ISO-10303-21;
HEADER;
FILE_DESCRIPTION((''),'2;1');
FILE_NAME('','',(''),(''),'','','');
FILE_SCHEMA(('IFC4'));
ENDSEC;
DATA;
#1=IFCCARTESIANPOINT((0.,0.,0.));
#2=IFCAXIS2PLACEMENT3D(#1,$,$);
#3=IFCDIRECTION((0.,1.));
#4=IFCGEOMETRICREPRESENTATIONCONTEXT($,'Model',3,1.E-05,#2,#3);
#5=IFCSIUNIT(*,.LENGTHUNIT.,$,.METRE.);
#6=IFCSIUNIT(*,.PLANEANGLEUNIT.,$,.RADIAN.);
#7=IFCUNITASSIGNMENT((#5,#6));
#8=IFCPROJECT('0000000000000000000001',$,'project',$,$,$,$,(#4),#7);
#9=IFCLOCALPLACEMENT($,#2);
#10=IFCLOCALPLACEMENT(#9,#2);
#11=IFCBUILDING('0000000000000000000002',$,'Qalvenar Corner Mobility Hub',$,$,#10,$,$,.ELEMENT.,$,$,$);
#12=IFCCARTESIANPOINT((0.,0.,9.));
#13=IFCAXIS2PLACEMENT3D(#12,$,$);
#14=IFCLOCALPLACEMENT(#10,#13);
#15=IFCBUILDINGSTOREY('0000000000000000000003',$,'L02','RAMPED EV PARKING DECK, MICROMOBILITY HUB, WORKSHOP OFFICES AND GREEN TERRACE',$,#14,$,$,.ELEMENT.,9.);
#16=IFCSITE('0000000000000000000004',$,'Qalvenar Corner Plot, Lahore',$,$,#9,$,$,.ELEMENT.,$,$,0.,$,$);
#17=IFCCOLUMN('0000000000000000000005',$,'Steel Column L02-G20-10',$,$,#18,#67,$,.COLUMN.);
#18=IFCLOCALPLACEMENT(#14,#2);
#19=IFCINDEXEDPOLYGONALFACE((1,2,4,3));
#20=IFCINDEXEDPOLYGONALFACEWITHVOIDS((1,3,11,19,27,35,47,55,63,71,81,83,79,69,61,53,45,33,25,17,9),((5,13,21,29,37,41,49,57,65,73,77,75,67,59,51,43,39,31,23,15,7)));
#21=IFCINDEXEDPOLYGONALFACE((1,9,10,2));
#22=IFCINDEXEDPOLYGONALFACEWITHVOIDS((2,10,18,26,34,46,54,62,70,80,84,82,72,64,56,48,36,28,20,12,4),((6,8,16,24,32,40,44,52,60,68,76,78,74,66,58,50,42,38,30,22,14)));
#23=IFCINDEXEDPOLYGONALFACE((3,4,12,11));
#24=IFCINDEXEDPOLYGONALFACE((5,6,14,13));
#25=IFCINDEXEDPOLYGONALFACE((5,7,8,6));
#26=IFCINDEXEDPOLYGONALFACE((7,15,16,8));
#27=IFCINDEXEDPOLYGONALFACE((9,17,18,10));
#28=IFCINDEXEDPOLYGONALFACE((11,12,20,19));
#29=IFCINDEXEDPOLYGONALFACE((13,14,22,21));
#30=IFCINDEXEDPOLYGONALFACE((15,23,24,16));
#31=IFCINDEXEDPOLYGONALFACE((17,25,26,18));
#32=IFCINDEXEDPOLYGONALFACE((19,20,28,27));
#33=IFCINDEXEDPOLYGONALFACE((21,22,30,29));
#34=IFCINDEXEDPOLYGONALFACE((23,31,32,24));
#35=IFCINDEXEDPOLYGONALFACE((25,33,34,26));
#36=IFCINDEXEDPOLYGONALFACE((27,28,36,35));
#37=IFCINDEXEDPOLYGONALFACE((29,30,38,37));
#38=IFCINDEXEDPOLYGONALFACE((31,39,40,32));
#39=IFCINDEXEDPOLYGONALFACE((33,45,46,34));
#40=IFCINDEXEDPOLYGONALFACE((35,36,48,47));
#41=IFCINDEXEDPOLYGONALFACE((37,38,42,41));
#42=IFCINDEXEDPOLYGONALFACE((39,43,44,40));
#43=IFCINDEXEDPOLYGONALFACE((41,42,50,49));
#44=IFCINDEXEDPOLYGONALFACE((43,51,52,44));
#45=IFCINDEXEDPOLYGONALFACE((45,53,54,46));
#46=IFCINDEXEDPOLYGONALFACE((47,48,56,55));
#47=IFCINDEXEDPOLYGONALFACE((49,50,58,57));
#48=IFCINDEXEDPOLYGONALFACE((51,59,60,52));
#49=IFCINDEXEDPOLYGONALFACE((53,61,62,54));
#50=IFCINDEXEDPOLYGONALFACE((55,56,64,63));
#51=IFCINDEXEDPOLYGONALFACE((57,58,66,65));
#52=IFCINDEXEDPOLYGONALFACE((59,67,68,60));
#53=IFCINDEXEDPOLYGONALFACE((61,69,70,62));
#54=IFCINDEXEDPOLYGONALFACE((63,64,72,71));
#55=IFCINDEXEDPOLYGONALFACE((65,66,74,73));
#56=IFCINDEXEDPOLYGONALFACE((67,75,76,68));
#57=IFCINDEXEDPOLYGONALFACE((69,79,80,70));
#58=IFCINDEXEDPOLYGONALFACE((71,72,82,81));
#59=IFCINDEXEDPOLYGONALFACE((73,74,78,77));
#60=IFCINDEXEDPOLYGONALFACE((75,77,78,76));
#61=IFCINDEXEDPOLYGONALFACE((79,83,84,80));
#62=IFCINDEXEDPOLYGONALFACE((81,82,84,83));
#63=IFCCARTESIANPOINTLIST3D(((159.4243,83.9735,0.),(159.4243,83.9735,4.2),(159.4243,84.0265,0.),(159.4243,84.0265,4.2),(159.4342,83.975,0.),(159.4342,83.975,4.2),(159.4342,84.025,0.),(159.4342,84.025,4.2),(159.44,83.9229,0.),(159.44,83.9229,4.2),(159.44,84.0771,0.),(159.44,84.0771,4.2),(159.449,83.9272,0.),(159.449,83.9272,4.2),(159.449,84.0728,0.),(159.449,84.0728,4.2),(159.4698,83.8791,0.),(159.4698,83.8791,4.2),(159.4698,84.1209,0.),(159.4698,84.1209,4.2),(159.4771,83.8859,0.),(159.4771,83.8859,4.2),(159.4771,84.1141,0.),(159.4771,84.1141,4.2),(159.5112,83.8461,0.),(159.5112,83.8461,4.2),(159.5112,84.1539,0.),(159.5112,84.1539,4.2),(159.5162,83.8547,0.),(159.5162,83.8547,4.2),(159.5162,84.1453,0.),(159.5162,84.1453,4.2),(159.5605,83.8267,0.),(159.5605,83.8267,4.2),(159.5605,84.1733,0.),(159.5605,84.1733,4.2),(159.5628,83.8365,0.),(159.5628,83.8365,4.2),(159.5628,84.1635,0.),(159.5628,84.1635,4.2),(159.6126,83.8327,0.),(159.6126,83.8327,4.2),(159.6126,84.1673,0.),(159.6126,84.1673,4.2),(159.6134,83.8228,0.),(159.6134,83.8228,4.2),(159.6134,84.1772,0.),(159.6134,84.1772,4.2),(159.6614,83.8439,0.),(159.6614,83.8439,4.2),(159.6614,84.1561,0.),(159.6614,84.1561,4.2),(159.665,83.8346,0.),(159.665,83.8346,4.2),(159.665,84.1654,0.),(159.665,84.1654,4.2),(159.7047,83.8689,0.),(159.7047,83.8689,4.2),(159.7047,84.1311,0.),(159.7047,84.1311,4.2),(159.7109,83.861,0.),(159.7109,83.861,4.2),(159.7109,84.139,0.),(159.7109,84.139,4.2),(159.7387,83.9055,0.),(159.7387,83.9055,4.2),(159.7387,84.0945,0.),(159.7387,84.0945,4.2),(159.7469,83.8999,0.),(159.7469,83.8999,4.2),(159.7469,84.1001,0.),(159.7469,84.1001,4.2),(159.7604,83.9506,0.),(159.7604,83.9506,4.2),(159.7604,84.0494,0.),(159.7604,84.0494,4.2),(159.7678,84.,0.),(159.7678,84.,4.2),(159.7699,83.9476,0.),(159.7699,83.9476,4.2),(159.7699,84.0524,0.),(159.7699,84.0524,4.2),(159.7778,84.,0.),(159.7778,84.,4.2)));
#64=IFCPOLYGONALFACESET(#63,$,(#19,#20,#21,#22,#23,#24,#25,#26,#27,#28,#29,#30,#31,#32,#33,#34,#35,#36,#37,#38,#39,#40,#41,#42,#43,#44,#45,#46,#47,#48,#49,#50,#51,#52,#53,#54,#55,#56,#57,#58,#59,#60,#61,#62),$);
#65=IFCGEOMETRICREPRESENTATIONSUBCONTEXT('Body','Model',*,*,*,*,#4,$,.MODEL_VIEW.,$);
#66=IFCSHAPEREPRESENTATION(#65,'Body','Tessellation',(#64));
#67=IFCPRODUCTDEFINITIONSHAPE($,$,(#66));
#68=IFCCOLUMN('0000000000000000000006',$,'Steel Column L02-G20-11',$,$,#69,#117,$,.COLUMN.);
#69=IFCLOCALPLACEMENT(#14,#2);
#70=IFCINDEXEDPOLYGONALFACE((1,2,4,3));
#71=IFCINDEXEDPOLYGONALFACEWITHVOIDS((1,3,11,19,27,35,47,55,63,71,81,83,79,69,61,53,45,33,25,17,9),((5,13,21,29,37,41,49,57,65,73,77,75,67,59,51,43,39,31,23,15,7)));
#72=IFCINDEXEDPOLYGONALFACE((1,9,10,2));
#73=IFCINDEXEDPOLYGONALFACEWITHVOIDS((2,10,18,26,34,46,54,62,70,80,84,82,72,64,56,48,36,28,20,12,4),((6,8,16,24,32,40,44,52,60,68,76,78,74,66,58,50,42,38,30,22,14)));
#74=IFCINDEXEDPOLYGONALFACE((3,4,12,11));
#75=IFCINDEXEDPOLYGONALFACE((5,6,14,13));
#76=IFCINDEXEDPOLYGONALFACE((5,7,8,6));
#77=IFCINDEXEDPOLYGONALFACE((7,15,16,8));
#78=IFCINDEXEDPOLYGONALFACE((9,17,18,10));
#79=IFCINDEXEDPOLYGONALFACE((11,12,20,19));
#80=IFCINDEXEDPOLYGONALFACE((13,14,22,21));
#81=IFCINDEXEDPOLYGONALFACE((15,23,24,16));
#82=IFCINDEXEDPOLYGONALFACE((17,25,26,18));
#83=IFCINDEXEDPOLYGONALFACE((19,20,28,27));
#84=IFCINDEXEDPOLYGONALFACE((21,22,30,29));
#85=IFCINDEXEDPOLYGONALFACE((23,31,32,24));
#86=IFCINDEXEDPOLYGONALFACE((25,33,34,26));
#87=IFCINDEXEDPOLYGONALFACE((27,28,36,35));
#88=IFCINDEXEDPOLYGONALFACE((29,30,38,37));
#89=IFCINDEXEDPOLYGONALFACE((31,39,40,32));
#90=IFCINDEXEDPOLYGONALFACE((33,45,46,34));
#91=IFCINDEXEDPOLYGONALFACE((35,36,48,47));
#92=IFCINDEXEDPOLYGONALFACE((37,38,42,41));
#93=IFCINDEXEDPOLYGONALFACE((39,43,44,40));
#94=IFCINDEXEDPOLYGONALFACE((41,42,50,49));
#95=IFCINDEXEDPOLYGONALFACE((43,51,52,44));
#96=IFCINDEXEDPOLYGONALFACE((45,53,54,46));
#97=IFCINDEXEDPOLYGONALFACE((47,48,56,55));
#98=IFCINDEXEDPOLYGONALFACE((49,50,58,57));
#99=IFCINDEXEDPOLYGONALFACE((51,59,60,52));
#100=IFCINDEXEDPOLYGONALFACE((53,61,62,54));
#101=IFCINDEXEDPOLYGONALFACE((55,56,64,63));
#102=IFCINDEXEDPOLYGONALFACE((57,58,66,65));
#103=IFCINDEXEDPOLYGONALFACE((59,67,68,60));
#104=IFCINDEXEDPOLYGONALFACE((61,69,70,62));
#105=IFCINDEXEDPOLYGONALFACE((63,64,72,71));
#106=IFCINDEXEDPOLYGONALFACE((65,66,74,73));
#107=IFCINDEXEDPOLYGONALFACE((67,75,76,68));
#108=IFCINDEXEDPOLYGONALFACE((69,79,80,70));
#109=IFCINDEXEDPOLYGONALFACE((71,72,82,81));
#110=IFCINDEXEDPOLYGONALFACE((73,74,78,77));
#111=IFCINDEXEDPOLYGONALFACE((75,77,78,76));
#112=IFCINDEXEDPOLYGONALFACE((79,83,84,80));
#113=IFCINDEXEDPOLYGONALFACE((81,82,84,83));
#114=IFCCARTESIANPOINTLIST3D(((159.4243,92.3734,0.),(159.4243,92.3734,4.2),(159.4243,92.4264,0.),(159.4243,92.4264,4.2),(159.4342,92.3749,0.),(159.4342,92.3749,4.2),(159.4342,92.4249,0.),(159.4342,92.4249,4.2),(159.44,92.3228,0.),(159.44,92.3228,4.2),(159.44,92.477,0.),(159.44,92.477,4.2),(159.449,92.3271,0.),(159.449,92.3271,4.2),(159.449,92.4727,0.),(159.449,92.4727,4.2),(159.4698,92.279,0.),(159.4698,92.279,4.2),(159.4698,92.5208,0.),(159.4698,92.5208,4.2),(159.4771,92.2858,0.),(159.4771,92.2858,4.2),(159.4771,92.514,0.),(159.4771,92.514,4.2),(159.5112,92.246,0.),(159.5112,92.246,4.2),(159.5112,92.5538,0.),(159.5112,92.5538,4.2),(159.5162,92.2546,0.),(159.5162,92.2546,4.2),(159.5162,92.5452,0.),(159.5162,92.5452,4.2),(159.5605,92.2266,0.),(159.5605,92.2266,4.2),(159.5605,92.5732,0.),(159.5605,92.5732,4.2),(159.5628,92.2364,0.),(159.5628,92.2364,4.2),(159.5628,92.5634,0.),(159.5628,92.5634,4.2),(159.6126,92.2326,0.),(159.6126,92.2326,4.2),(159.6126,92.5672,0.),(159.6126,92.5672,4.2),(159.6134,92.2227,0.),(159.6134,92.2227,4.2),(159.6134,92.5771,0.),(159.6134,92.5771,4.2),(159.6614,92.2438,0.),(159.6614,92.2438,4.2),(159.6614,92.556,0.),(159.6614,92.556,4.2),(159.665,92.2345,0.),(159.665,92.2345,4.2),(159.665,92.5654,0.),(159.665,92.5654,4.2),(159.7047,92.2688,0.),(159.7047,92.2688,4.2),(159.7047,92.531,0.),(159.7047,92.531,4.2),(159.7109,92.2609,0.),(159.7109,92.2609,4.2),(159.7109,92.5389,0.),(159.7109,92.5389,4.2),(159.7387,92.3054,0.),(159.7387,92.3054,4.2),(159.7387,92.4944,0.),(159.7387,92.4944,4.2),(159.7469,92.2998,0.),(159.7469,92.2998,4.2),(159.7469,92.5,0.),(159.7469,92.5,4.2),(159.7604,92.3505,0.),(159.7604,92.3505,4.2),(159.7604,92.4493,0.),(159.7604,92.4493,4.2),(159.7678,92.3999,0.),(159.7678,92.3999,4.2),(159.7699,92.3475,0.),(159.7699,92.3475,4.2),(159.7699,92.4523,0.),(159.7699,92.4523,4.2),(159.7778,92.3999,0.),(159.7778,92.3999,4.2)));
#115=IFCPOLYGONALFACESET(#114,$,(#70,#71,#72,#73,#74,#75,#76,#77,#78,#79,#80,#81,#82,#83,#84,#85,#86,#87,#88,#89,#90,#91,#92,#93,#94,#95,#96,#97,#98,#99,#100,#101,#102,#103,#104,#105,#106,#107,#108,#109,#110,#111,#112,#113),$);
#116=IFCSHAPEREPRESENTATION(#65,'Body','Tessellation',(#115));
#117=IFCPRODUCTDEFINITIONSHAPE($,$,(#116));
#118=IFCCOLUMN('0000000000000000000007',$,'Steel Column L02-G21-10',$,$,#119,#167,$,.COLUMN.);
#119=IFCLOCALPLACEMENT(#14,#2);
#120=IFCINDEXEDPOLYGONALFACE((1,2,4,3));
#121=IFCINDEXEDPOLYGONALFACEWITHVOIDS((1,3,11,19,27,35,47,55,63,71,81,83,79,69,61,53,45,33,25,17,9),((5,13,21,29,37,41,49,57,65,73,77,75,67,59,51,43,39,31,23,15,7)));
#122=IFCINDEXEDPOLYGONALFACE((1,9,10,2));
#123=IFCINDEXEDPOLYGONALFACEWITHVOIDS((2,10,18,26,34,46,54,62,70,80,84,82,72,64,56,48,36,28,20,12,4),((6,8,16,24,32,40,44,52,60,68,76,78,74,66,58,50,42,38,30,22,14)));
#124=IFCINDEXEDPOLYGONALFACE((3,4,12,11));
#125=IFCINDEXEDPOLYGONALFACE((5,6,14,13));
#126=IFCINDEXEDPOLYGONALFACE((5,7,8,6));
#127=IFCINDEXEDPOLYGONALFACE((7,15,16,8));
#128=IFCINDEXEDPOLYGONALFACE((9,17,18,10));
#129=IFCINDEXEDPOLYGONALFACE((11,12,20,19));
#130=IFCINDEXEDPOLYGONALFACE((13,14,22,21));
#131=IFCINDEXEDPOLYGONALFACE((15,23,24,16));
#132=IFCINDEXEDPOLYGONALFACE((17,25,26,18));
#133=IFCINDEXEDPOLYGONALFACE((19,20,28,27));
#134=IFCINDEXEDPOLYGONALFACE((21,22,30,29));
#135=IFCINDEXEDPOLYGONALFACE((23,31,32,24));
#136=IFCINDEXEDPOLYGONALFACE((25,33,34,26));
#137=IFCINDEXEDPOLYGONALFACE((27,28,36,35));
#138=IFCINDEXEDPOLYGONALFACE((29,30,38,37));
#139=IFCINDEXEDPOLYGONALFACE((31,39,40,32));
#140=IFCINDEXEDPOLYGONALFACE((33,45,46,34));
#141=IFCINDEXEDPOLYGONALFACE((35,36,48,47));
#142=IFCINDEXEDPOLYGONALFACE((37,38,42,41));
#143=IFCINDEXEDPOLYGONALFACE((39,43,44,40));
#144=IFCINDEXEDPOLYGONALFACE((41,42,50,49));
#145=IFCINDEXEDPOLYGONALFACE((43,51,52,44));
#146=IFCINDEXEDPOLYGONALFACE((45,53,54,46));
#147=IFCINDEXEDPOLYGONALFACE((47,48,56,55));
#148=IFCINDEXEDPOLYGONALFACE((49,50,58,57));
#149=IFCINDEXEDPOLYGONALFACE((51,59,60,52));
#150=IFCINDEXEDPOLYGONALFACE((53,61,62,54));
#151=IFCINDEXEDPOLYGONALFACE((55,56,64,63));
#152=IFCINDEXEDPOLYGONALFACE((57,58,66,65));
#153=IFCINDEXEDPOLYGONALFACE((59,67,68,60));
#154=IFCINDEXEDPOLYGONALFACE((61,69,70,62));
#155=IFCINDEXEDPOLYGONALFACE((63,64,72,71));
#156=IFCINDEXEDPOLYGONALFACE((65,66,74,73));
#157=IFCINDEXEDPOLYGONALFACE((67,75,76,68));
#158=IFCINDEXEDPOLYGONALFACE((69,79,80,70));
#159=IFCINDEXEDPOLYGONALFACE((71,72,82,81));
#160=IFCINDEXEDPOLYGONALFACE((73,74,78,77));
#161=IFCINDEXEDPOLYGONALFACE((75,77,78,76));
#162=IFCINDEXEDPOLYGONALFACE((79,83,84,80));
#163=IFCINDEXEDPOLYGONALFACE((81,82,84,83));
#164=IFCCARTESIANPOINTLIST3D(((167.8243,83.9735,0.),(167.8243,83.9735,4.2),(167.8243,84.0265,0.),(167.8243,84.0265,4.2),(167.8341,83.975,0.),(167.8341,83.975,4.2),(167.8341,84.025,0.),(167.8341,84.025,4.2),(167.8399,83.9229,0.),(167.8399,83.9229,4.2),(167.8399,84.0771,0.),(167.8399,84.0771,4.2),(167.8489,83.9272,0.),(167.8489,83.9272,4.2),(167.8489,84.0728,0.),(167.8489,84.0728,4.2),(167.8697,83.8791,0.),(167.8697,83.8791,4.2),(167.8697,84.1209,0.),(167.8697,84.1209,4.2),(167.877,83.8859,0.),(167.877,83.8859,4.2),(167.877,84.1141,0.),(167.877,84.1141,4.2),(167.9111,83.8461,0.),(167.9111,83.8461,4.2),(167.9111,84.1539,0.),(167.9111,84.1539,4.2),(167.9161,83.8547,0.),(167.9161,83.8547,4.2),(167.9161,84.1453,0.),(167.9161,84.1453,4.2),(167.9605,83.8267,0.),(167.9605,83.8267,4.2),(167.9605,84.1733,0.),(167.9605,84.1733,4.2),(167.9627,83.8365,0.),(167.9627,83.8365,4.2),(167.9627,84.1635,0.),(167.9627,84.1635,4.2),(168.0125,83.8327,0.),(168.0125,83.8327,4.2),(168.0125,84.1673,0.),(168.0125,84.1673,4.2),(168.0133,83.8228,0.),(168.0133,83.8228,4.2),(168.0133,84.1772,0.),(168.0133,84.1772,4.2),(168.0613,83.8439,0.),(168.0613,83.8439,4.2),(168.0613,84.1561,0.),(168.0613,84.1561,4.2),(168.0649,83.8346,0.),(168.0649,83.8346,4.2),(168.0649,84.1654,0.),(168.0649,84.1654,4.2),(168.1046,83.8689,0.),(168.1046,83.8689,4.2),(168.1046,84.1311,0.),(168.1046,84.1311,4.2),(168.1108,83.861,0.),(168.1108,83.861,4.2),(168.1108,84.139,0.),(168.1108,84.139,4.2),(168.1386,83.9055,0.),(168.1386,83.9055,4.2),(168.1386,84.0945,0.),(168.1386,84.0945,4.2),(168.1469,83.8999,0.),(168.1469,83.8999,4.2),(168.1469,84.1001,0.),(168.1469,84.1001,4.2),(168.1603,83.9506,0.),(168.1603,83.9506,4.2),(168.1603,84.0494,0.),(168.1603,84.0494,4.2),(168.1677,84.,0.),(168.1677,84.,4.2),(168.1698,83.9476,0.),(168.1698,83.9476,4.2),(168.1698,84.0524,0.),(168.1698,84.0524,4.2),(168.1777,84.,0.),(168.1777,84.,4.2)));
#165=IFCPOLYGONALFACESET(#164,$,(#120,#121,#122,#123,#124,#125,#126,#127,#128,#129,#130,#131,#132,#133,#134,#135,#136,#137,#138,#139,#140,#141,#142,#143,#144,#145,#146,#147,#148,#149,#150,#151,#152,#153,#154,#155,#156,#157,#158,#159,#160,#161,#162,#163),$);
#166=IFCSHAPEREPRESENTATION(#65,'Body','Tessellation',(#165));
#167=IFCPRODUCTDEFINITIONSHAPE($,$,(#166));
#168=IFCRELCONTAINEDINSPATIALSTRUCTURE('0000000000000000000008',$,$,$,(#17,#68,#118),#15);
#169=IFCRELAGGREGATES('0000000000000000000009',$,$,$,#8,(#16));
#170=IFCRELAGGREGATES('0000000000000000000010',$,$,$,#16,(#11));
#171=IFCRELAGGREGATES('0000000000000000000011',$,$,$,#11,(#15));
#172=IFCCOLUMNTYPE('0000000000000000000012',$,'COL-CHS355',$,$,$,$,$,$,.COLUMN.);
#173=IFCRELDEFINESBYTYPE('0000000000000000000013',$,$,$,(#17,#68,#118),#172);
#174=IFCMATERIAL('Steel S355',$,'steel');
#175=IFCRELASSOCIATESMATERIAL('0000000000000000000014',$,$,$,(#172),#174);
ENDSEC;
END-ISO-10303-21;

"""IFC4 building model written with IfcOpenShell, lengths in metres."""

from ifc_helpers import new_model, si_unit, direction, frame, origin, origin_2d, place, context, subcontext, project, spatial, hollow_circle, extrude, material, material_profile, profile_set, type_object, element, save


model = new_model("IFC4")

# Units and contexts
model_context = context("Model", 3, precision=1e-05, world=origin(), true_north=direction((0.0, 1.0)))
body_context = subcontext(model_context, "Body", "Model", "MODEL_VIEW")
ifc_project = project(units=[si_unit("LENGTHUNIT", "METRE"), si_unit("PLANEANGLEUNIT", "RADIAN")], contexts=[model_context])

# Site, building, storey
site_placement = place(None, origin())
site = spatial("IfcSite", under=ifc_project, at=site_placement, Name="Qalvenar Corner Plot, Lahore", CompositionType="ELEMENT", RefElevation=0.0)
building_placement = place(site_placement, origin())
building = spatial("IfcBuilding", under=site, at=building_placement, Name="Qalvenar Corner Mobility Hub", CompositionType="ELEMENT")
storey_placement = place(building_placement, frame((0.0, 0.0, 9.0)))
storey = spatial("IfcBuildingStorey", under=building, at=storey_placement, Name="L02", Description="RAMPED EV PARKING DECK, MICROMOBILITY HUB, WORKSHOP OFFICES AND GREEN TERRACE", CompositionType="ELEMENT", Elevation=9.0)

# Columns
ifc_material_1 = material(Name="Steel S355", Category="steel")
ifc_material_profile_1 = material_profile(ifc_material_1, hollow_circle(Radius=0.1777, WallThickness=0.01, at=origin_2d()), Name="CHS355.6x10")
ifc_profile_set_1 = profile_set([ifc_material_profile_1], Name="Steel S355")
column_type = type_object("IfcColumnType", Name="COL-CHS355", PredefinedType="COLUMN", material=ifc_profile_set_1)
for number, where, z_axis, x_axis, name in (
    (1, (159.6001, 84.0, 0.0), (0.0, 0.0, 1.0), (1.0, 0.0, 0.0), "Steel Column L02-G20-10"),
    (2, (159.6001, 92.3999, 0.0), (0.0, 0.0, 1.0), (1.0, 0.0, 0.0), "Steel Column L02-G20-11"),
    (3, (168.0, 84.0, 0.0), (0.0, 0.0, 1.0), (1.0, 0.0, 0.0), "Steel Column L02-G21-10"),
):
    element("IfcColumn", number, at=place(storey_placement, frame(where, z_axis=z_axis, x_axis=x_axis)), inside=storey, type_object=column_type, Name=name, PredefinedType="COLUMN", context=body_context, shape_type="SweptSolid", body=[
        extrude(hollow_circle(Radius=0.1777, WallThickness=0.01, at=origin_2d()), origin(), (0.0, 0.0, 1.0), 4.2),
    ])

save(model, "model.ifc")
